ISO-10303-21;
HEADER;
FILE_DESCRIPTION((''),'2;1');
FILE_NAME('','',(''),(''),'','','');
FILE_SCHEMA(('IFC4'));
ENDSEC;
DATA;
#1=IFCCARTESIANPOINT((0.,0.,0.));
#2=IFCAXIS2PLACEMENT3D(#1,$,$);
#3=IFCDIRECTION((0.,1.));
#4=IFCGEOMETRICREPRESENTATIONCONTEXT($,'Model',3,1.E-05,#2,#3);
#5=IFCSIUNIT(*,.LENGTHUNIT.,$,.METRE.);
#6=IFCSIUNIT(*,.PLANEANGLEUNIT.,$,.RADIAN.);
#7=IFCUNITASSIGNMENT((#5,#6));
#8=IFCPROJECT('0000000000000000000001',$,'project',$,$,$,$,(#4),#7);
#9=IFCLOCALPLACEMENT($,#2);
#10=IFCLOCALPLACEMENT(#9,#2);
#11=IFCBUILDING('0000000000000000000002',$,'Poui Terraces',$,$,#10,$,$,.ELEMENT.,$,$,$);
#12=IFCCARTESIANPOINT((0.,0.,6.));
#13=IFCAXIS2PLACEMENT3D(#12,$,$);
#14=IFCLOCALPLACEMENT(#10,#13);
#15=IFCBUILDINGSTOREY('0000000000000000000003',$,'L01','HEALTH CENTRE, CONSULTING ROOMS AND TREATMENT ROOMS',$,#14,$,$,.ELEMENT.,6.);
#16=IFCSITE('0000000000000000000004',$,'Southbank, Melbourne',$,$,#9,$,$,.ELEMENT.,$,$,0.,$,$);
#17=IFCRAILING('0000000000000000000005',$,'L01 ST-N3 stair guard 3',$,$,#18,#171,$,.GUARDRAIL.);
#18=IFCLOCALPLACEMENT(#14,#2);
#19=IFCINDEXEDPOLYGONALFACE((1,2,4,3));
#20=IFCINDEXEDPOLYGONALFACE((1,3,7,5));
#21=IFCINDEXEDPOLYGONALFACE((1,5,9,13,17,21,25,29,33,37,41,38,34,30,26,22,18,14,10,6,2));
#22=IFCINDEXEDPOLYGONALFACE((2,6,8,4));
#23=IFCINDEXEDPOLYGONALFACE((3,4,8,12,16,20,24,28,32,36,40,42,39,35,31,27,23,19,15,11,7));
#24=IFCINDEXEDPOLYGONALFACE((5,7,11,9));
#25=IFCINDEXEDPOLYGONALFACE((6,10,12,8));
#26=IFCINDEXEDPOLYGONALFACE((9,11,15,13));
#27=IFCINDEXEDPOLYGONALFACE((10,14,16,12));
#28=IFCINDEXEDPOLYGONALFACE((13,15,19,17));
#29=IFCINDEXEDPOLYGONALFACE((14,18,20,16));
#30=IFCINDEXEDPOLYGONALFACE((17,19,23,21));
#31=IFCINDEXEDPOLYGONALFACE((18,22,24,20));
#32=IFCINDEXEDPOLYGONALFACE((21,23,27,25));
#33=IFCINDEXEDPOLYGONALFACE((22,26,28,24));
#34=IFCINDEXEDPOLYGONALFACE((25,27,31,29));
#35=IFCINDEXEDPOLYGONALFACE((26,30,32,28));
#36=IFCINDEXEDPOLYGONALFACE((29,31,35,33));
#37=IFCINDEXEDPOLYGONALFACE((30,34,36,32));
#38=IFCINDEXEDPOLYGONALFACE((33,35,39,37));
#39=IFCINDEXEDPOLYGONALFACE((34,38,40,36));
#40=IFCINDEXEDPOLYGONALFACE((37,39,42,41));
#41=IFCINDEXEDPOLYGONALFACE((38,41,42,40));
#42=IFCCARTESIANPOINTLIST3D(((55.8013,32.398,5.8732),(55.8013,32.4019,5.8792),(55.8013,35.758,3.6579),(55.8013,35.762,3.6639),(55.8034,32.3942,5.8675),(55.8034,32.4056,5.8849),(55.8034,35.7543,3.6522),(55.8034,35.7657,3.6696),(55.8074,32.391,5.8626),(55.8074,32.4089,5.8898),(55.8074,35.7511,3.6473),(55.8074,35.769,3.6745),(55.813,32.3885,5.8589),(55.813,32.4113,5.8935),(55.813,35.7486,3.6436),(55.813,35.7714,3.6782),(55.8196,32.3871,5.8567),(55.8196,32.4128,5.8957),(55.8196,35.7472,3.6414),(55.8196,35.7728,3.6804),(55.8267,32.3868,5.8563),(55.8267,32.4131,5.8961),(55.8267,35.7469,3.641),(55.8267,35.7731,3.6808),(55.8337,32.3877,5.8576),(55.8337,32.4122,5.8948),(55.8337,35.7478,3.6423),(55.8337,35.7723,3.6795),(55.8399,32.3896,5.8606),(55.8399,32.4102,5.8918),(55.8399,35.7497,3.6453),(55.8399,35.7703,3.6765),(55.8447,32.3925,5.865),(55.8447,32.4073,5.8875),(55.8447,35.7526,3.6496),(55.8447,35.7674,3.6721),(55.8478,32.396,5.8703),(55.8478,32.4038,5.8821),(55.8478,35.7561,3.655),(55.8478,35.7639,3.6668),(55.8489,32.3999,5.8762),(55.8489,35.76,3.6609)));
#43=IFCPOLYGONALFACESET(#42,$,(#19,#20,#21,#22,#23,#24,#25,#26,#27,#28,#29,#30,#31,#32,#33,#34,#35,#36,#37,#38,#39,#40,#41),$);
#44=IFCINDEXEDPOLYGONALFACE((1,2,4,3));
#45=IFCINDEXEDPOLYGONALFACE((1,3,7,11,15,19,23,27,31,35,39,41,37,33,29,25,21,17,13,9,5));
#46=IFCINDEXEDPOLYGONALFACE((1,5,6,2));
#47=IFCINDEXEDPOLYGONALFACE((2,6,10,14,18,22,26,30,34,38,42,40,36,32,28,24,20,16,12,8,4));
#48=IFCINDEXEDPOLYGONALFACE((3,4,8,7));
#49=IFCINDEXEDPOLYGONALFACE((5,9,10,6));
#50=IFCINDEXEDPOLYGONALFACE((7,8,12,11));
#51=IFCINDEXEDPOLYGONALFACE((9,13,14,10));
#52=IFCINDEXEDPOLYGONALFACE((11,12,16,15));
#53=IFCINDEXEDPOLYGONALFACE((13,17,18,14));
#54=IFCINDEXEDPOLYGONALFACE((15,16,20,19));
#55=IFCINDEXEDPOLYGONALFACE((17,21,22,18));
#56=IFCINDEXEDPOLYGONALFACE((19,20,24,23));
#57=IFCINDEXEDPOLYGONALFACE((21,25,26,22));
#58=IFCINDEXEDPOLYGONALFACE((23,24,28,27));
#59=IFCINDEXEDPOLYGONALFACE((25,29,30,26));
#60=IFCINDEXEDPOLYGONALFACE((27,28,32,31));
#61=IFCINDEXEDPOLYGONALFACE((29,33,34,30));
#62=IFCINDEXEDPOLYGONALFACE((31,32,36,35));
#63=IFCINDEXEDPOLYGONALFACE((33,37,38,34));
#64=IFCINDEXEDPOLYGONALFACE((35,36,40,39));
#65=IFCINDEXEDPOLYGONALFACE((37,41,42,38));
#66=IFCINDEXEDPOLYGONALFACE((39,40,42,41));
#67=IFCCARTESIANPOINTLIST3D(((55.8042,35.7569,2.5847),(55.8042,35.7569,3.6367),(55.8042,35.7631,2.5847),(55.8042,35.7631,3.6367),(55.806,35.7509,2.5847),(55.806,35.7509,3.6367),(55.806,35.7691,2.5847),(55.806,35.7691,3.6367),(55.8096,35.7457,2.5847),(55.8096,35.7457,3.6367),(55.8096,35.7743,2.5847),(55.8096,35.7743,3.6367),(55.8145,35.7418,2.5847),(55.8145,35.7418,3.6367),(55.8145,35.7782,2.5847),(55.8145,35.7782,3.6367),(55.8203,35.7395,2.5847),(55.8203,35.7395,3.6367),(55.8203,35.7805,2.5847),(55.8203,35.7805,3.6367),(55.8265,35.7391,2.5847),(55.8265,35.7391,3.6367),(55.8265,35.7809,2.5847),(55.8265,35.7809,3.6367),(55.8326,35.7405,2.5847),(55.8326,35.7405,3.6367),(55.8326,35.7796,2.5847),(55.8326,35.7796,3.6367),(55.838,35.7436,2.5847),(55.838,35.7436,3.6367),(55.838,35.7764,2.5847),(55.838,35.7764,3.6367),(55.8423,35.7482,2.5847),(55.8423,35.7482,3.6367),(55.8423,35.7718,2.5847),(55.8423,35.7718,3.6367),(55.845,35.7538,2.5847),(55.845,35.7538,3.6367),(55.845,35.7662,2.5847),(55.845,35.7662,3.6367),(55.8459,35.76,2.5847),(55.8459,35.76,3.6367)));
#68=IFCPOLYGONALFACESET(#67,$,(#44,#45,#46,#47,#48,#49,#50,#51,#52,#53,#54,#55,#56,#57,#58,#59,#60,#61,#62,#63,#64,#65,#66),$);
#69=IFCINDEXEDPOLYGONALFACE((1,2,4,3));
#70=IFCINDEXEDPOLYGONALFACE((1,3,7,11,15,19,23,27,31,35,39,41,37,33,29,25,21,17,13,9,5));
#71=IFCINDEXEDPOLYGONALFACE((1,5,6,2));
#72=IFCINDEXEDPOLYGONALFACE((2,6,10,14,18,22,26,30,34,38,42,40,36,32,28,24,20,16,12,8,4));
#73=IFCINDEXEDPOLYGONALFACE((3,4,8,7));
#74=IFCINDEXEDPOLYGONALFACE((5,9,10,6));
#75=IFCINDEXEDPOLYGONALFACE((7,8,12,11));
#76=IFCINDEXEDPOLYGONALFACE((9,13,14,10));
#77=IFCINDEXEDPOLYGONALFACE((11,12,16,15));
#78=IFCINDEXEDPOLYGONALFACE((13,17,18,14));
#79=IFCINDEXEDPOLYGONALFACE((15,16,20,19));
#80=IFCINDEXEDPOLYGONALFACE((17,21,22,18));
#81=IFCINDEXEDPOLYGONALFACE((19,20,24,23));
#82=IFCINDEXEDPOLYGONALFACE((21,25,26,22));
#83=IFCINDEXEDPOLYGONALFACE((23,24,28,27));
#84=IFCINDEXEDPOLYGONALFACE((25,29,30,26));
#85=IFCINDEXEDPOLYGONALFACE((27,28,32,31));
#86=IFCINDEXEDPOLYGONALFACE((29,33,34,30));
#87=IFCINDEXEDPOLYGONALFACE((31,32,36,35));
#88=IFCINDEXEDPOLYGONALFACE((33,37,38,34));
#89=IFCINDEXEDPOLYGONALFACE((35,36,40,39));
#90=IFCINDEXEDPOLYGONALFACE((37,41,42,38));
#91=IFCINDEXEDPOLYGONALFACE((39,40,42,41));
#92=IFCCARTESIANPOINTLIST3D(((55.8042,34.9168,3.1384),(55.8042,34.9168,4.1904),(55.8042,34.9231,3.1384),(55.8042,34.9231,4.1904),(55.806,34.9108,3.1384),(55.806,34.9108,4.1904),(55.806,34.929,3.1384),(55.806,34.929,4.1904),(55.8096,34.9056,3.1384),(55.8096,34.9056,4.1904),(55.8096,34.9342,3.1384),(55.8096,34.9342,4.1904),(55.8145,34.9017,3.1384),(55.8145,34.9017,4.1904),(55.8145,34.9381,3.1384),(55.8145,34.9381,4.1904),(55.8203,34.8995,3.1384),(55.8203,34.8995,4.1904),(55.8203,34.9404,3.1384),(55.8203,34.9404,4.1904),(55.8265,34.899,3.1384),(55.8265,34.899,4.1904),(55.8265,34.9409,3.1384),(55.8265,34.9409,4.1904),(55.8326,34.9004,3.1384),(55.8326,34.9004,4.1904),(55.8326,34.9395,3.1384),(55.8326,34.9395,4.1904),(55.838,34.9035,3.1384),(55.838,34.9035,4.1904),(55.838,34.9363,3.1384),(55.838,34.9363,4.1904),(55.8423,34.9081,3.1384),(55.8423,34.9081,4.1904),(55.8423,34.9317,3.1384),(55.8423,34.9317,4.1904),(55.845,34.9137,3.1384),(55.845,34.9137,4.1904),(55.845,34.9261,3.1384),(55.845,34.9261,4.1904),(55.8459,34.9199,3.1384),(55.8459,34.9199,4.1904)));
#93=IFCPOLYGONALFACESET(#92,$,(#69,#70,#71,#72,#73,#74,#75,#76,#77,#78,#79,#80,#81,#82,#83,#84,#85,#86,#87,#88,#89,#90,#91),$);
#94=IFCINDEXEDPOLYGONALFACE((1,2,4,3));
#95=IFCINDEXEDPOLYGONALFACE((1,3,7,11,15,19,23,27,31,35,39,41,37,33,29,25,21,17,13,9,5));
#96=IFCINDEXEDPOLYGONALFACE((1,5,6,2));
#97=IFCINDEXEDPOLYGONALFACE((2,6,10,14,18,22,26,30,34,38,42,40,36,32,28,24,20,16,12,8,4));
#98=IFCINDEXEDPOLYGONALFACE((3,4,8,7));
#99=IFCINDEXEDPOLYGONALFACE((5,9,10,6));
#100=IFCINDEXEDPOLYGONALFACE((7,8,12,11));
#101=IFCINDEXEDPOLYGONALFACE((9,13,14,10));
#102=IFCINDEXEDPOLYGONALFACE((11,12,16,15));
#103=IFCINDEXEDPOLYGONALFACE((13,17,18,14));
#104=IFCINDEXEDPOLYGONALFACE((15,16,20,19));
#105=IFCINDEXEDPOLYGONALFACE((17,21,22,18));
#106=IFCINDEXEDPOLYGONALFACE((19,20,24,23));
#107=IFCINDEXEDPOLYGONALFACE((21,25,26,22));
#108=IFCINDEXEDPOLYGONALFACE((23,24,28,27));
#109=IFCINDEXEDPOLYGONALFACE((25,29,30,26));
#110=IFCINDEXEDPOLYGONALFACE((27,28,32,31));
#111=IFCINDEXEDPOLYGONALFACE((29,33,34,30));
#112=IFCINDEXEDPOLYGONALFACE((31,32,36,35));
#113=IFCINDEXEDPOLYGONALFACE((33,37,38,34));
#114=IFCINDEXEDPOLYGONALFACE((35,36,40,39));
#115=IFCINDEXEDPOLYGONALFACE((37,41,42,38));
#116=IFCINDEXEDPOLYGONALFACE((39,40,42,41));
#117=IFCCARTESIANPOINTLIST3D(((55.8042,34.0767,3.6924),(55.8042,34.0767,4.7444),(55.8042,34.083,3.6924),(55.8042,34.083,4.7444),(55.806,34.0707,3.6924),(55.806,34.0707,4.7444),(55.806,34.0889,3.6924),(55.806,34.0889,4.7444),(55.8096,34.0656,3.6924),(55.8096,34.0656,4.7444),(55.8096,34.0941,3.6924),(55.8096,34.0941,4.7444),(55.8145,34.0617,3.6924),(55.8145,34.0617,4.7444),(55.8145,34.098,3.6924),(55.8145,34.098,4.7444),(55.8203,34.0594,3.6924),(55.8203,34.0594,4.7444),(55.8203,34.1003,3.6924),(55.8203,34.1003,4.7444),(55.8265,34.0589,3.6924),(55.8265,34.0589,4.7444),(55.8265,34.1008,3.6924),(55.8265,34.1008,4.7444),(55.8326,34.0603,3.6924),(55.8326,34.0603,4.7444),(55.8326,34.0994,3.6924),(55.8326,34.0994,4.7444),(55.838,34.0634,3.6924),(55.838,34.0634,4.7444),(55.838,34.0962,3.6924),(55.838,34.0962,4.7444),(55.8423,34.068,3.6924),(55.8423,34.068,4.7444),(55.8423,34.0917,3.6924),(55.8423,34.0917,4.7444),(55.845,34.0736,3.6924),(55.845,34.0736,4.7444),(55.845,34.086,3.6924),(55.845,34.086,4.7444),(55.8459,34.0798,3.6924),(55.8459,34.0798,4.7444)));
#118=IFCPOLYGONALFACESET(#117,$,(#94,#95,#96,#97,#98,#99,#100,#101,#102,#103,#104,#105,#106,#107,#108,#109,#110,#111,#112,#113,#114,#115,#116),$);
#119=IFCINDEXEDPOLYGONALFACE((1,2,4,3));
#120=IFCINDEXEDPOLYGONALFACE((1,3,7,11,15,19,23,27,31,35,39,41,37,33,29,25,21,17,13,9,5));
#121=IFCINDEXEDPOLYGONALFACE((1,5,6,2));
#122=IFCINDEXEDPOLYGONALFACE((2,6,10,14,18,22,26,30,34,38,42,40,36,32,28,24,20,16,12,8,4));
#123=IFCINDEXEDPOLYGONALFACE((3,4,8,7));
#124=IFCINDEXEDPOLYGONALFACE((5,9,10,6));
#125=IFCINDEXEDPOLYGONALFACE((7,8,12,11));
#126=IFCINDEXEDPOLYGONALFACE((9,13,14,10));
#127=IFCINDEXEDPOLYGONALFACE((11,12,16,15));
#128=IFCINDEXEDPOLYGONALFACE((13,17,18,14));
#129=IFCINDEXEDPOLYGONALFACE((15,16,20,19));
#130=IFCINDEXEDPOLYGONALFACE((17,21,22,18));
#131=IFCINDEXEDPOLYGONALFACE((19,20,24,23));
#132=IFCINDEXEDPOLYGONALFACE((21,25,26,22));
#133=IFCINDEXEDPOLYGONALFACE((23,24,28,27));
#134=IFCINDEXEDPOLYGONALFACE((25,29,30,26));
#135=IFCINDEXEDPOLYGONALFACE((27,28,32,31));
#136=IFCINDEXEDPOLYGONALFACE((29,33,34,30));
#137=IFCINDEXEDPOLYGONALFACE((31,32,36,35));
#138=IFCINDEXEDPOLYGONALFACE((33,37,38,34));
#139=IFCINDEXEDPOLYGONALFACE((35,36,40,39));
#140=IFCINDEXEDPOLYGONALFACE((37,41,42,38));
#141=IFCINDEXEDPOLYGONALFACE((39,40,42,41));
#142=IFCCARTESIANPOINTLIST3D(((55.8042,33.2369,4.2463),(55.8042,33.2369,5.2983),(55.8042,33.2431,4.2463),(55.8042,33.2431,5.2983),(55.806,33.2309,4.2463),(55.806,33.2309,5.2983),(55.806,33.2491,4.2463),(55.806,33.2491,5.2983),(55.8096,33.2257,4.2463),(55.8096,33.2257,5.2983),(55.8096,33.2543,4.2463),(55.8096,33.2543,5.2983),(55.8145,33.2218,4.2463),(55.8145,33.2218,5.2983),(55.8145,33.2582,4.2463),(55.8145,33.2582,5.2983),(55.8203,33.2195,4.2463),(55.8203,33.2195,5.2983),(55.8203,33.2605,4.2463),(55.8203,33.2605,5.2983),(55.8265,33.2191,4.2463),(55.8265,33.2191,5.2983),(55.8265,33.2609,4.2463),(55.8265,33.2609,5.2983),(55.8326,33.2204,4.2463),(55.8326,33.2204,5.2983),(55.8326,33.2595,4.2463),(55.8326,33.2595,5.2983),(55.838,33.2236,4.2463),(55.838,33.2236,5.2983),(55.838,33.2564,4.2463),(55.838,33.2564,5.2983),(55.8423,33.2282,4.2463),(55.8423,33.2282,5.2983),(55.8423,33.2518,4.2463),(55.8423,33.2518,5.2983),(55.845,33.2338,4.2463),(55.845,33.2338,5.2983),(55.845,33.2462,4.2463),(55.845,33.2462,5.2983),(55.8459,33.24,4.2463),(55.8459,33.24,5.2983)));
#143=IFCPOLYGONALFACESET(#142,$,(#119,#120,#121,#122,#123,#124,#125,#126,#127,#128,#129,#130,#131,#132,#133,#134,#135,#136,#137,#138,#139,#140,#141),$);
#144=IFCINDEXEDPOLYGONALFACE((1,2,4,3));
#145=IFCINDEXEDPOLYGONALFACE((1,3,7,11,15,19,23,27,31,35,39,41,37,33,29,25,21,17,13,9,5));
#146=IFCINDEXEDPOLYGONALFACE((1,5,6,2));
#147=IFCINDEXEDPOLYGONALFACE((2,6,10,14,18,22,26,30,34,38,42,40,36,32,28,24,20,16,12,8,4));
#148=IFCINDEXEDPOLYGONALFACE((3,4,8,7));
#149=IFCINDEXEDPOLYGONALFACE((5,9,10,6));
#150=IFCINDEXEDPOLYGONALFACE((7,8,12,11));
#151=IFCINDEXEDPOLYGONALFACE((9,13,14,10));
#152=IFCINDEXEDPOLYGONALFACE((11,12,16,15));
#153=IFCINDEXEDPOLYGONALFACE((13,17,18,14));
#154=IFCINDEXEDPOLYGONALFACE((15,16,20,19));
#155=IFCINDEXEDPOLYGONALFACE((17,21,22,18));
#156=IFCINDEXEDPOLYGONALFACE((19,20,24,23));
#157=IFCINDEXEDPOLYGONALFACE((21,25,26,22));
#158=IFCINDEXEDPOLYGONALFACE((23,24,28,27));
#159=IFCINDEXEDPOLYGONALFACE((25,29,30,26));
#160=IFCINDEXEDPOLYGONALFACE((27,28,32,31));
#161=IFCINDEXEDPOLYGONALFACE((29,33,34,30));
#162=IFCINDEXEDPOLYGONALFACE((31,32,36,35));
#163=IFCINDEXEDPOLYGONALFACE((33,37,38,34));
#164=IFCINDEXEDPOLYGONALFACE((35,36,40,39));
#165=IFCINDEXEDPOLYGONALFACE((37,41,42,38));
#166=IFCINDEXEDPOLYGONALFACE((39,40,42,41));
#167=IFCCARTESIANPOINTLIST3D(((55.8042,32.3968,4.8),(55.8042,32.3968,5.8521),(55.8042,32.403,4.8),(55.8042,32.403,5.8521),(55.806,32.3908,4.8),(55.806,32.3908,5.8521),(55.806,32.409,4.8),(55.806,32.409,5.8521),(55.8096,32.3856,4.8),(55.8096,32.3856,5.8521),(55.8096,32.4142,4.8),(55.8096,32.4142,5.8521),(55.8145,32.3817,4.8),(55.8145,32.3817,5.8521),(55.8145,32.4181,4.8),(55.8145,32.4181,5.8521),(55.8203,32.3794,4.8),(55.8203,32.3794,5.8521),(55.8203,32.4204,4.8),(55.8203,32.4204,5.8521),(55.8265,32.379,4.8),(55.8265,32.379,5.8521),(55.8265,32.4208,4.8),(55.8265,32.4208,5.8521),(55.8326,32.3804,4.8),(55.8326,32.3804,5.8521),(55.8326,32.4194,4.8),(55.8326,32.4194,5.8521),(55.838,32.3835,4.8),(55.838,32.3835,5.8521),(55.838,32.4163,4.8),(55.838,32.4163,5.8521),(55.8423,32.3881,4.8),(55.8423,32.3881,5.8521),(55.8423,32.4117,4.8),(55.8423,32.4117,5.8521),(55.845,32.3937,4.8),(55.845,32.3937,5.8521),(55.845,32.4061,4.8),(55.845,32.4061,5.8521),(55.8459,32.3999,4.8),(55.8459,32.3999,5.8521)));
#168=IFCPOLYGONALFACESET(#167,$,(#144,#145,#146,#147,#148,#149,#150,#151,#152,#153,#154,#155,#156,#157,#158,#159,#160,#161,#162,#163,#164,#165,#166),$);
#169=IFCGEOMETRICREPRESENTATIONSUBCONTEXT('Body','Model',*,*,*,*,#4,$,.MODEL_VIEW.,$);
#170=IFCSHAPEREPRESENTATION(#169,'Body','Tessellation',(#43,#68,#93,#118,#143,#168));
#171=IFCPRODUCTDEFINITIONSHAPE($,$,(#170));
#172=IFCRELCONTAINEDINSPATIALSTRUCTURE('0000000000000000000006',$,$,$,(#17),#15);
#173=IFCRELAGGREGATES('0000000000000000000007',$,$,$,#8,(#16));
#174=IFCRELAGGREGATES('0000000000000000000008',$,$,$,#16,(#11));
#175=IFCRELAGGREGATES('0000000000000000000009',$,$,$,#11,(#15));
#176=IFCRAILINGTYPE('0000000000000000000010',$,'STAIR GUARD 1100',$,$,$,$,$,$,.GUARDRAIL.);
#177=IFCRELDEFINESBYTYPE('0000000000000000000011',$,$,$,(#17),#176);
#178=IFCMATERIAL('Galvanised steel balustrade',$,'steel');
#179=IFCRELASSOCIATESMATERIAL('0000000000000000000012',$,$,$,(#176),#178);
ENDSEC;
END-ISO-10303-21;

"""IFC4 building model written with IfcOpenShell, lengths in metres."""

from ifc_helpers import new_model, si_unit, direction, frame, origin, origin_2d, place, context, subcontext, project, spatial, circle, extrude, material, type_object, element, save


model = new_model("IFC4")

# Units and contexts
model_context = context("Model", 3, precision=1e-05, world=origin(), true_north=direction((0.0, 1.0)))
body_context = subcontext(model_context, "Body", "Model", "MODEL_VIEW")
ifc_project = project(units=[si_unit("LENGTHUNIT", "METRE"), si_unit("PLANEANGLEUNIT", "RADIAN")], contexts=[model_context])

# Site, building, storey
site_placement = place(None, origin())
site = spatial("IfcSite", under=ifc_project, at=site_placement, Name="Southbank, Melbourne", CompositionType="ELEMENT", RefElevation=0.0)
building_placement = place(site_placement, origin())
building = spatial("IfcBuilding", under=site, at=building_placement, Name="Poui Terraces", CompositionType="ELEMENT")
storey_placement = place(building_placement, frame((0.0, 0.0, 6.0)))
storey = spatial("IfcBuildingStorey", under=building, at=storey_placement, Name="L01", Description="HEALTH CENTRE, CONSULTING ROOMS AND TREATMENT ROOMS", CompositionType="ELEMENT", Elevation=6.0)

# Railing
ifc_material_1 = material(Name="Galvanised steel balustrade", Category="steel")
railing_type_1 = type_object("IfcRailingType", Name="STAIR GUARD 1100", PredefinedType="GUARDRAIL", material=ifc_material_1)
railing_1_placement = place(storey_placement, frame((55.825, 35.76, 2.5847)))
element("IfcRailing", 1, at=railing_1_placement, inside=storey, type_object=railing_type_1, Name="L01 ST-N3 stair guard 3", PredefinedType="GUARDRAIL", context=body_context, shape_type="SweptSolid", body=[
    extrude(circle(Radius=0.0239, at=origin_2d()), frame((0.0, 0.0, 1.0762), z_axis=(0.0, -0.834876, 0.550437), x_axis=(1.0, 0.0, 0.0)), (0.0, 0.0, 1.0), 4.0247),
    extrude(circle(Radius=0.021, at=origin_2d()), origin(), (0.0, 0.0, 1.0), 1.052),
    extrude(circle(Radius=0.021, at=origin_2d()), frame((0.0, -0.8401, 0.5537)), (0.0, 0.0, 1.0), 1.052),
    extrude(circle(Radius=0.021, at=origin_2d()), frame((0.0, -1.6802, 1.1077)), (0.0, 0.0, 1.0), 1.052),
    extrude(circle(Radius=0.021, at=origin_2d()), frame((0.0, -2.52, 1.6616)), (0.0, 0.0, 1.0), 1.052),
    extrude(circle(Radius=0.021, at=origin_2d()), frame((0.0, -3.3601, 2.2153)), (0.0, 0.0, 1.0), 1.052),
])

save(model, "model.ifc")
